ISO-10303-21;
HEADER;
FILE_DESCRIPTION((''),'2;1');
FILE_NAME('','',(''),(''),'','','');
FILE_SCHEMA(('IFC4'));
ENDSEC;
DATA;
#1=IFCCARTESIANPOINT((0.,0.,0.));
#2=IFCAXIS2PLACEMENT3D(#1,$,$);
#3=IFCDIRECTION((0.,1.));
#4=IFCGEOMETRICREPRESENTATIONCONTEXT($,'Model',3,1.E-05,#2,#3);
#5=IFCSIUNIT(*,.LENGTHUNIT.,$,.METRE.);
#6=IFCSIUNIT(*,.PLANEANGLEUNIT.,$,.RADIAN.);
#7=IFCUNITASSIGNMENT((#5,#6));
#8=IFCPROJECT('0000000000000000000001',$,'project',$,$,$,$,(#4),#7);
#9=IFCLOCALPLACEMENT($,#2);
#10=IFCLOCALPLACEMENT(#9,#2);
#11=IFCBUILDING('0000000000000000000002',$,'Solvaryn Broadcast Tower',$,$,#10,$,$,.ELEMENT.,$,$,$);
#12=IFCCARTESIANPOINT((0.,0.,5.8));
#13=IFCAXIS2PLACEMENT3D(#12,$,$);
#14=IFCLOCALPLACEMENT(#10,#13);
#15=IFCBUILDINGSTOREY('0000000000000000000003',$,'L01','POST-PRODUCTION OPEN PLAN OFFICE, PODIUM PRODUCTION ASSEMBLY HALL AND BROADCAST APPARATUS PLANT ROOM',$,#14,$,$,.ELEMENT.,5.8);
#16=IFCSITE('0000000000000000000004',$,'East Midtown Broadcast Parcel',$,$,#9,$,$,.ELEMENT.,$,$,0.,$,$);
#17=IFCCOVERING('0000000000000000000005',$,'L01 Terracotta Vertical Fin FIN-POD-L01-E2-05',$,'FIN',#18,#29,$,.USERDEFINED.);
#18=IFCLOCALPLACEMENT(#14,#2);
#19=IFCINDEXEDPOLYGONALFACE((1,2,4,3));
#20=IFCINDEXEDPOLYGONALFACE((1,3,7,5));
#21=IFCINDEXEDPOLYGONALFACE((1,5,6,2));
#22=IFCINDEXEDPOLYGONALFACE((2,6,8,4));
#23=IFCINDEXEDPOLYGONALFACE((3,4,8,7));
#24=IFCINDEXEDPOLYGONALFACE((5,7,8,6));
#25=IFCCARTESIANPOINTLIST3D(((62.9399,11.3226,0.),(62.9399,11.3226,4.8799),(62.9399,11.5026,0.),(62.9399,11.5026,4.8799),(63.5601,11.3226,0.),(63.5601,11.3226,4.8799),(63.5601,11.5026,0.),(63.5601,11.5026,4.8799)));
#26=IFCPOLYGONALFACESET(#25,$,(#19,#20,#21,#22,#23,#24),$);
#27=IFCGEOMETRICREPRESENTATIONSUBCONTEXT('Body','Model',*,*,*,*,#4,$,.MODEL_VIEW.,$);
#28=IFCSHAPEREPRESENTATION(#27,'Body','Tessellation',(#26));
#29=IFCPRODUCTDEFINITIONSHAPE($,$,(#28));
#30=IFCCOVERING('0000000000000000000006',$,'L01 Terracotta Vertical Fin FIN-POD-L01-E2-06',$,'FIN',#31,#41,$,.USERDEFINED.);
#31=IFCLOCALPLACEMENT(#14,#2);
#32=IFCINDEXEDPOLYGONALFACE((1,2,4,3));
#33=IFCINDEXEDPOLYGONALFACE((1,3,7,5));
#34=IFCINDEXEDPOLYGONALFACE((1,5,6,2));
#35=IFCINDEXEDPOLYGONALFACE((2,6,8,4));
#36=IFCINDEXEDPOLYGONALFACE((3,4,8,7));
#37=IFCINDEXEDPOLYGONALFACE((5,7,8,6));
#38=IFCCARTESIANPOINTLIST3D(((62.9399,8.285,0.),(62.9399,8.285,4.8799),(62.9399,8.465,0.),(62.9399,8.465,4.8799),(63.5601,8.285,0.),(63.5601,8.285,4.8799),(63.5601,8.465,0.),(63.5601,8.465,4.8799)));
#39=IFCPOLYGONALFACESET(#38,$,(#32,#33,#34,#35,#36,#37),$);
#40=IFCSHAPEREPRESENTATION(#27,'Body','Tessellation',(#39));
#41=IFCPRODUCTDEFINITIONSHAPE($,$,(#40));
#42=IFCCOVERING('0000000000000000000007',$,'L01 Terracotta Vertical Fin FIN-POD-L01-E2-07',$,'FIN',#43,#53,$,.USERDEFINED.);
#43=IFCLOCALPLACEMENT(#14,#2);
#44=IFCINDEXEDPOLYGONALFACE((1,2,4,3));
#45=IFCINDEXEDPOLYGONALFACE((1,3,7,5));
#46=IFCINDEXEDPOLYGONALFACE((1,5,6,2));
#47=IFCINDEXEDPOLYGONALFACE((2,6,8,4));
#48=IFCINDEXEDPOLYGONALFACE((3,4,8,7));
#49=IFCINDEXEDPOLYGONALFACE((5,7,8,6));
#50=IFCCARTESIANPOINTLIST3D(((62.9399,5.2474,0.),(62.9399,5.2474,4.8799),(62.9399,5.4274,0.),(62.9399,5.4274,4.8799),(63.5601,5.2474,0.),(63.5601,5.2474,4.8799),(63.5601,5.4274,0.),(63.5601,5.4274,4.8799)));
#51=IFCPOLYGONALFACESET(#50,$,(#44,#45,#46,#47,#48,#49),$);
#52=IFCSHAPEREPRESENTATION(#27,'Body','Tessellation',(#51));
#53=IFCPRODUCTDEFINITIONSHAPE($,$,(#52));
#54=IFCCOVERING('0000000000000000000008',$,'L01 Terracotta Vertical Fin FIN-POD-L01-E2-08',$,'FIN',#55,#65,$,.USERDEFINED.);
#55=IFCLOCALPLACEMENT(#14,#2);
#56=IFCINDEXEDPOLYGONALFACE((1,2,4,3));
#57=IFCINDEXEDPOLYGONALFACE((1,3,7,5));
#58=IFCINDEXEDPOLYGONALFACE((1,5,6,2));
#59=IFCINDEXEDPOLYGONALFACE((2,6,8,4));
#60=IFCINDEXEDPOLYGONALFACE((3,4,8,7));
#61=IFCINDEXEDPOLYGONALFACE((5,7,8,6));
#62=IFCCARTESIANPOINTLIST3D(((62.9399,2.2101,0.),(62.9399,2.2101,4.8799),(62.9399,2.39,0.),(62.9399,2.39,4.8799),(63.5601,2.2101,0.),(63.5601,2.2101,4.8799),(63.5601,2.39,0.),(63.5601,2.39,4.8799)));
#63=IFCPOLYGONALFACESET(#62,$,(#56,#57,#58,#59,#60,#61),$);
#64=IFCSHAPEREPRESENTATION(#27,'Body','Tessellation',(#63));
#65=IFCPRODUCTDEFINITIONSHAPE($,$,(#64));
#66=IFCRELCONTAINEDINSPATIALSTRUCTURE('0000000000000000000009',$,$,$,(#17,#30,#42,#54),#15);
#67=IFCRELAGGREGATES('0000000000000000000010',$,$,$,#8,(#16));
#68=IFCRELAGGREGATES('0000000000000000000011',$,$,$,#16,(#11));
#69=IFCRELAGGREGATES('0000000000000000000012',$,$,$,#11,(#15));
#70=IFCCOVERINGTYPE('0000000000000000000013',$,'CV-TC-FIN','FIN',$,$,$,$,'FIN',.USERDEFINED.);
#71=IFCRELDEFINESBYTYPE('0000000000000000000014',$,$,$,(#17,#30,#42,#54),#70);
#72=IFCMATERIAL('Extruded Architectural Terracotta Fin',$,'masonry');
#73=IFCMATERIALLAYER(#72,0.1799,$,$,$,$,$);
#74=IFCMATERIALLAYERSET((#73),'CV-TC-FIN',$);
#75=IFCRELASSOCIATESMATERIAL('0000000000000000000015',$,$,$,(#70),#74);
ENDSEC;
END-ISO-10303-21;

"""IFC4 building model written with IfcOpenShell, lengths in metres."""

from ifc_helpers import new_model, si_unit, direction, frame, origin, origin_2d, place, context, subcontext, project, spatial, rectangle, extrude, material, layer, layer_set, type_object, element, save


model = new_model("IFC4")

# Units and contexts
model_context = context("Model", 3, precision=1e-05, world=origin(), true_north=direction((0.0, 1.0)))
body_context = subcontext(model_context, "Body", "Model", "MODEL_VIEW")
ifc_project = project(units=[si_unit("LENGTHUNIT", "METRE"), si_unit("PLANEANGLEUNIT", "RADIAN")], contexts=[model_context])

# Site, building, storey
site_placement = place(None, origin())
site = spatial("IfcSite", under=ifc_project, at=site_placement, Name="East Midtown Broadcast Parcel", CompositionType="ELEMENT", RefElevation=0.0)
building_placement = place(site_placement, origin())
building = spatial("IfcBuilding", under=site, at=building_placement, Name="Solvaryn Broadcast Tower", CompositionType="ELEMENT")
storey_placement = place(building_placement, frame((0.0, 0.0, 5.8)))
storey = spatial("IfcBuildingStorey", under=building, at=storey_placement, Name="L01", Description="POST-PRODUCTION OPEN PLAN OFFICE, PODIUM PRODUCTION ASSEMBLY HALL AND BROADCAST APPARATUS PLANT ROOM", CompositionType="ELEMENT", Elevation=5.8)

# Coverings
ifc_material_1 = material(Name="Extruded Architectural Terracotta Fin", Category="masonry")
ifc_layer_1 = layer(ifc_material_1, 0.1799)
ifc_layer_set_1 = layer_set([ifc_layer_1], Name="CV-TC-FIN")
covering_type = type_object("IfcCoveringType", Name="CV-TC-FIN", Description="FIN", ElementType="FIN", PredefinedType="USERDEFINED", material=ifc_layer_set_1)
for number, where, z_axis, x_axis, name in (
    (1, (63.25, 11.4126, 0.0), (0.0, 0.0, 1.0), (1.0, 0.0, 0.0), "L01 Terracotta Vertical Fin FIN-POD-L01-E2-05"),
    (2, (63.25, 8.375, 0.0), (0.0, 0.0, 1.0), (1.0, 0.0, 0.0), "L01 Terracotta Vertical Fin FIN-POD-L01-E2-06"),
    (3, (63.25, 5.3374, 0.0), (0.0, 0.0, 1.0), (1.0, 0.0, 0.0), "L01 Terracotta Vertical Fin FIN-POD-L01-E2-07"),
    (4, (63.25, 2.3, 0.0), (0.0, 0.0, 1.0), (1.0, 0.0, 0.0), "L01 Terracotta Vertical Fin FIN-POD-L01-E2-08"),
):
    element("IfcCovering", number, at=place(storey_placement, frame(where, z_axis=z_axis, x_axis=x_axis)), inside=storey, type_object=covering_type, Name=name, ObjectType="FIN", PredefinedType="USERDEFINED", context=body_context, shape_type="SweptSolid", body=[
        extrude(rectangle(XDim=0.6201, YDim=0.1799, at=origin_2d()), origin(), (0.0, 0.0, 1.0), 4.8799),
    ])

save(model, "model.ifc")
